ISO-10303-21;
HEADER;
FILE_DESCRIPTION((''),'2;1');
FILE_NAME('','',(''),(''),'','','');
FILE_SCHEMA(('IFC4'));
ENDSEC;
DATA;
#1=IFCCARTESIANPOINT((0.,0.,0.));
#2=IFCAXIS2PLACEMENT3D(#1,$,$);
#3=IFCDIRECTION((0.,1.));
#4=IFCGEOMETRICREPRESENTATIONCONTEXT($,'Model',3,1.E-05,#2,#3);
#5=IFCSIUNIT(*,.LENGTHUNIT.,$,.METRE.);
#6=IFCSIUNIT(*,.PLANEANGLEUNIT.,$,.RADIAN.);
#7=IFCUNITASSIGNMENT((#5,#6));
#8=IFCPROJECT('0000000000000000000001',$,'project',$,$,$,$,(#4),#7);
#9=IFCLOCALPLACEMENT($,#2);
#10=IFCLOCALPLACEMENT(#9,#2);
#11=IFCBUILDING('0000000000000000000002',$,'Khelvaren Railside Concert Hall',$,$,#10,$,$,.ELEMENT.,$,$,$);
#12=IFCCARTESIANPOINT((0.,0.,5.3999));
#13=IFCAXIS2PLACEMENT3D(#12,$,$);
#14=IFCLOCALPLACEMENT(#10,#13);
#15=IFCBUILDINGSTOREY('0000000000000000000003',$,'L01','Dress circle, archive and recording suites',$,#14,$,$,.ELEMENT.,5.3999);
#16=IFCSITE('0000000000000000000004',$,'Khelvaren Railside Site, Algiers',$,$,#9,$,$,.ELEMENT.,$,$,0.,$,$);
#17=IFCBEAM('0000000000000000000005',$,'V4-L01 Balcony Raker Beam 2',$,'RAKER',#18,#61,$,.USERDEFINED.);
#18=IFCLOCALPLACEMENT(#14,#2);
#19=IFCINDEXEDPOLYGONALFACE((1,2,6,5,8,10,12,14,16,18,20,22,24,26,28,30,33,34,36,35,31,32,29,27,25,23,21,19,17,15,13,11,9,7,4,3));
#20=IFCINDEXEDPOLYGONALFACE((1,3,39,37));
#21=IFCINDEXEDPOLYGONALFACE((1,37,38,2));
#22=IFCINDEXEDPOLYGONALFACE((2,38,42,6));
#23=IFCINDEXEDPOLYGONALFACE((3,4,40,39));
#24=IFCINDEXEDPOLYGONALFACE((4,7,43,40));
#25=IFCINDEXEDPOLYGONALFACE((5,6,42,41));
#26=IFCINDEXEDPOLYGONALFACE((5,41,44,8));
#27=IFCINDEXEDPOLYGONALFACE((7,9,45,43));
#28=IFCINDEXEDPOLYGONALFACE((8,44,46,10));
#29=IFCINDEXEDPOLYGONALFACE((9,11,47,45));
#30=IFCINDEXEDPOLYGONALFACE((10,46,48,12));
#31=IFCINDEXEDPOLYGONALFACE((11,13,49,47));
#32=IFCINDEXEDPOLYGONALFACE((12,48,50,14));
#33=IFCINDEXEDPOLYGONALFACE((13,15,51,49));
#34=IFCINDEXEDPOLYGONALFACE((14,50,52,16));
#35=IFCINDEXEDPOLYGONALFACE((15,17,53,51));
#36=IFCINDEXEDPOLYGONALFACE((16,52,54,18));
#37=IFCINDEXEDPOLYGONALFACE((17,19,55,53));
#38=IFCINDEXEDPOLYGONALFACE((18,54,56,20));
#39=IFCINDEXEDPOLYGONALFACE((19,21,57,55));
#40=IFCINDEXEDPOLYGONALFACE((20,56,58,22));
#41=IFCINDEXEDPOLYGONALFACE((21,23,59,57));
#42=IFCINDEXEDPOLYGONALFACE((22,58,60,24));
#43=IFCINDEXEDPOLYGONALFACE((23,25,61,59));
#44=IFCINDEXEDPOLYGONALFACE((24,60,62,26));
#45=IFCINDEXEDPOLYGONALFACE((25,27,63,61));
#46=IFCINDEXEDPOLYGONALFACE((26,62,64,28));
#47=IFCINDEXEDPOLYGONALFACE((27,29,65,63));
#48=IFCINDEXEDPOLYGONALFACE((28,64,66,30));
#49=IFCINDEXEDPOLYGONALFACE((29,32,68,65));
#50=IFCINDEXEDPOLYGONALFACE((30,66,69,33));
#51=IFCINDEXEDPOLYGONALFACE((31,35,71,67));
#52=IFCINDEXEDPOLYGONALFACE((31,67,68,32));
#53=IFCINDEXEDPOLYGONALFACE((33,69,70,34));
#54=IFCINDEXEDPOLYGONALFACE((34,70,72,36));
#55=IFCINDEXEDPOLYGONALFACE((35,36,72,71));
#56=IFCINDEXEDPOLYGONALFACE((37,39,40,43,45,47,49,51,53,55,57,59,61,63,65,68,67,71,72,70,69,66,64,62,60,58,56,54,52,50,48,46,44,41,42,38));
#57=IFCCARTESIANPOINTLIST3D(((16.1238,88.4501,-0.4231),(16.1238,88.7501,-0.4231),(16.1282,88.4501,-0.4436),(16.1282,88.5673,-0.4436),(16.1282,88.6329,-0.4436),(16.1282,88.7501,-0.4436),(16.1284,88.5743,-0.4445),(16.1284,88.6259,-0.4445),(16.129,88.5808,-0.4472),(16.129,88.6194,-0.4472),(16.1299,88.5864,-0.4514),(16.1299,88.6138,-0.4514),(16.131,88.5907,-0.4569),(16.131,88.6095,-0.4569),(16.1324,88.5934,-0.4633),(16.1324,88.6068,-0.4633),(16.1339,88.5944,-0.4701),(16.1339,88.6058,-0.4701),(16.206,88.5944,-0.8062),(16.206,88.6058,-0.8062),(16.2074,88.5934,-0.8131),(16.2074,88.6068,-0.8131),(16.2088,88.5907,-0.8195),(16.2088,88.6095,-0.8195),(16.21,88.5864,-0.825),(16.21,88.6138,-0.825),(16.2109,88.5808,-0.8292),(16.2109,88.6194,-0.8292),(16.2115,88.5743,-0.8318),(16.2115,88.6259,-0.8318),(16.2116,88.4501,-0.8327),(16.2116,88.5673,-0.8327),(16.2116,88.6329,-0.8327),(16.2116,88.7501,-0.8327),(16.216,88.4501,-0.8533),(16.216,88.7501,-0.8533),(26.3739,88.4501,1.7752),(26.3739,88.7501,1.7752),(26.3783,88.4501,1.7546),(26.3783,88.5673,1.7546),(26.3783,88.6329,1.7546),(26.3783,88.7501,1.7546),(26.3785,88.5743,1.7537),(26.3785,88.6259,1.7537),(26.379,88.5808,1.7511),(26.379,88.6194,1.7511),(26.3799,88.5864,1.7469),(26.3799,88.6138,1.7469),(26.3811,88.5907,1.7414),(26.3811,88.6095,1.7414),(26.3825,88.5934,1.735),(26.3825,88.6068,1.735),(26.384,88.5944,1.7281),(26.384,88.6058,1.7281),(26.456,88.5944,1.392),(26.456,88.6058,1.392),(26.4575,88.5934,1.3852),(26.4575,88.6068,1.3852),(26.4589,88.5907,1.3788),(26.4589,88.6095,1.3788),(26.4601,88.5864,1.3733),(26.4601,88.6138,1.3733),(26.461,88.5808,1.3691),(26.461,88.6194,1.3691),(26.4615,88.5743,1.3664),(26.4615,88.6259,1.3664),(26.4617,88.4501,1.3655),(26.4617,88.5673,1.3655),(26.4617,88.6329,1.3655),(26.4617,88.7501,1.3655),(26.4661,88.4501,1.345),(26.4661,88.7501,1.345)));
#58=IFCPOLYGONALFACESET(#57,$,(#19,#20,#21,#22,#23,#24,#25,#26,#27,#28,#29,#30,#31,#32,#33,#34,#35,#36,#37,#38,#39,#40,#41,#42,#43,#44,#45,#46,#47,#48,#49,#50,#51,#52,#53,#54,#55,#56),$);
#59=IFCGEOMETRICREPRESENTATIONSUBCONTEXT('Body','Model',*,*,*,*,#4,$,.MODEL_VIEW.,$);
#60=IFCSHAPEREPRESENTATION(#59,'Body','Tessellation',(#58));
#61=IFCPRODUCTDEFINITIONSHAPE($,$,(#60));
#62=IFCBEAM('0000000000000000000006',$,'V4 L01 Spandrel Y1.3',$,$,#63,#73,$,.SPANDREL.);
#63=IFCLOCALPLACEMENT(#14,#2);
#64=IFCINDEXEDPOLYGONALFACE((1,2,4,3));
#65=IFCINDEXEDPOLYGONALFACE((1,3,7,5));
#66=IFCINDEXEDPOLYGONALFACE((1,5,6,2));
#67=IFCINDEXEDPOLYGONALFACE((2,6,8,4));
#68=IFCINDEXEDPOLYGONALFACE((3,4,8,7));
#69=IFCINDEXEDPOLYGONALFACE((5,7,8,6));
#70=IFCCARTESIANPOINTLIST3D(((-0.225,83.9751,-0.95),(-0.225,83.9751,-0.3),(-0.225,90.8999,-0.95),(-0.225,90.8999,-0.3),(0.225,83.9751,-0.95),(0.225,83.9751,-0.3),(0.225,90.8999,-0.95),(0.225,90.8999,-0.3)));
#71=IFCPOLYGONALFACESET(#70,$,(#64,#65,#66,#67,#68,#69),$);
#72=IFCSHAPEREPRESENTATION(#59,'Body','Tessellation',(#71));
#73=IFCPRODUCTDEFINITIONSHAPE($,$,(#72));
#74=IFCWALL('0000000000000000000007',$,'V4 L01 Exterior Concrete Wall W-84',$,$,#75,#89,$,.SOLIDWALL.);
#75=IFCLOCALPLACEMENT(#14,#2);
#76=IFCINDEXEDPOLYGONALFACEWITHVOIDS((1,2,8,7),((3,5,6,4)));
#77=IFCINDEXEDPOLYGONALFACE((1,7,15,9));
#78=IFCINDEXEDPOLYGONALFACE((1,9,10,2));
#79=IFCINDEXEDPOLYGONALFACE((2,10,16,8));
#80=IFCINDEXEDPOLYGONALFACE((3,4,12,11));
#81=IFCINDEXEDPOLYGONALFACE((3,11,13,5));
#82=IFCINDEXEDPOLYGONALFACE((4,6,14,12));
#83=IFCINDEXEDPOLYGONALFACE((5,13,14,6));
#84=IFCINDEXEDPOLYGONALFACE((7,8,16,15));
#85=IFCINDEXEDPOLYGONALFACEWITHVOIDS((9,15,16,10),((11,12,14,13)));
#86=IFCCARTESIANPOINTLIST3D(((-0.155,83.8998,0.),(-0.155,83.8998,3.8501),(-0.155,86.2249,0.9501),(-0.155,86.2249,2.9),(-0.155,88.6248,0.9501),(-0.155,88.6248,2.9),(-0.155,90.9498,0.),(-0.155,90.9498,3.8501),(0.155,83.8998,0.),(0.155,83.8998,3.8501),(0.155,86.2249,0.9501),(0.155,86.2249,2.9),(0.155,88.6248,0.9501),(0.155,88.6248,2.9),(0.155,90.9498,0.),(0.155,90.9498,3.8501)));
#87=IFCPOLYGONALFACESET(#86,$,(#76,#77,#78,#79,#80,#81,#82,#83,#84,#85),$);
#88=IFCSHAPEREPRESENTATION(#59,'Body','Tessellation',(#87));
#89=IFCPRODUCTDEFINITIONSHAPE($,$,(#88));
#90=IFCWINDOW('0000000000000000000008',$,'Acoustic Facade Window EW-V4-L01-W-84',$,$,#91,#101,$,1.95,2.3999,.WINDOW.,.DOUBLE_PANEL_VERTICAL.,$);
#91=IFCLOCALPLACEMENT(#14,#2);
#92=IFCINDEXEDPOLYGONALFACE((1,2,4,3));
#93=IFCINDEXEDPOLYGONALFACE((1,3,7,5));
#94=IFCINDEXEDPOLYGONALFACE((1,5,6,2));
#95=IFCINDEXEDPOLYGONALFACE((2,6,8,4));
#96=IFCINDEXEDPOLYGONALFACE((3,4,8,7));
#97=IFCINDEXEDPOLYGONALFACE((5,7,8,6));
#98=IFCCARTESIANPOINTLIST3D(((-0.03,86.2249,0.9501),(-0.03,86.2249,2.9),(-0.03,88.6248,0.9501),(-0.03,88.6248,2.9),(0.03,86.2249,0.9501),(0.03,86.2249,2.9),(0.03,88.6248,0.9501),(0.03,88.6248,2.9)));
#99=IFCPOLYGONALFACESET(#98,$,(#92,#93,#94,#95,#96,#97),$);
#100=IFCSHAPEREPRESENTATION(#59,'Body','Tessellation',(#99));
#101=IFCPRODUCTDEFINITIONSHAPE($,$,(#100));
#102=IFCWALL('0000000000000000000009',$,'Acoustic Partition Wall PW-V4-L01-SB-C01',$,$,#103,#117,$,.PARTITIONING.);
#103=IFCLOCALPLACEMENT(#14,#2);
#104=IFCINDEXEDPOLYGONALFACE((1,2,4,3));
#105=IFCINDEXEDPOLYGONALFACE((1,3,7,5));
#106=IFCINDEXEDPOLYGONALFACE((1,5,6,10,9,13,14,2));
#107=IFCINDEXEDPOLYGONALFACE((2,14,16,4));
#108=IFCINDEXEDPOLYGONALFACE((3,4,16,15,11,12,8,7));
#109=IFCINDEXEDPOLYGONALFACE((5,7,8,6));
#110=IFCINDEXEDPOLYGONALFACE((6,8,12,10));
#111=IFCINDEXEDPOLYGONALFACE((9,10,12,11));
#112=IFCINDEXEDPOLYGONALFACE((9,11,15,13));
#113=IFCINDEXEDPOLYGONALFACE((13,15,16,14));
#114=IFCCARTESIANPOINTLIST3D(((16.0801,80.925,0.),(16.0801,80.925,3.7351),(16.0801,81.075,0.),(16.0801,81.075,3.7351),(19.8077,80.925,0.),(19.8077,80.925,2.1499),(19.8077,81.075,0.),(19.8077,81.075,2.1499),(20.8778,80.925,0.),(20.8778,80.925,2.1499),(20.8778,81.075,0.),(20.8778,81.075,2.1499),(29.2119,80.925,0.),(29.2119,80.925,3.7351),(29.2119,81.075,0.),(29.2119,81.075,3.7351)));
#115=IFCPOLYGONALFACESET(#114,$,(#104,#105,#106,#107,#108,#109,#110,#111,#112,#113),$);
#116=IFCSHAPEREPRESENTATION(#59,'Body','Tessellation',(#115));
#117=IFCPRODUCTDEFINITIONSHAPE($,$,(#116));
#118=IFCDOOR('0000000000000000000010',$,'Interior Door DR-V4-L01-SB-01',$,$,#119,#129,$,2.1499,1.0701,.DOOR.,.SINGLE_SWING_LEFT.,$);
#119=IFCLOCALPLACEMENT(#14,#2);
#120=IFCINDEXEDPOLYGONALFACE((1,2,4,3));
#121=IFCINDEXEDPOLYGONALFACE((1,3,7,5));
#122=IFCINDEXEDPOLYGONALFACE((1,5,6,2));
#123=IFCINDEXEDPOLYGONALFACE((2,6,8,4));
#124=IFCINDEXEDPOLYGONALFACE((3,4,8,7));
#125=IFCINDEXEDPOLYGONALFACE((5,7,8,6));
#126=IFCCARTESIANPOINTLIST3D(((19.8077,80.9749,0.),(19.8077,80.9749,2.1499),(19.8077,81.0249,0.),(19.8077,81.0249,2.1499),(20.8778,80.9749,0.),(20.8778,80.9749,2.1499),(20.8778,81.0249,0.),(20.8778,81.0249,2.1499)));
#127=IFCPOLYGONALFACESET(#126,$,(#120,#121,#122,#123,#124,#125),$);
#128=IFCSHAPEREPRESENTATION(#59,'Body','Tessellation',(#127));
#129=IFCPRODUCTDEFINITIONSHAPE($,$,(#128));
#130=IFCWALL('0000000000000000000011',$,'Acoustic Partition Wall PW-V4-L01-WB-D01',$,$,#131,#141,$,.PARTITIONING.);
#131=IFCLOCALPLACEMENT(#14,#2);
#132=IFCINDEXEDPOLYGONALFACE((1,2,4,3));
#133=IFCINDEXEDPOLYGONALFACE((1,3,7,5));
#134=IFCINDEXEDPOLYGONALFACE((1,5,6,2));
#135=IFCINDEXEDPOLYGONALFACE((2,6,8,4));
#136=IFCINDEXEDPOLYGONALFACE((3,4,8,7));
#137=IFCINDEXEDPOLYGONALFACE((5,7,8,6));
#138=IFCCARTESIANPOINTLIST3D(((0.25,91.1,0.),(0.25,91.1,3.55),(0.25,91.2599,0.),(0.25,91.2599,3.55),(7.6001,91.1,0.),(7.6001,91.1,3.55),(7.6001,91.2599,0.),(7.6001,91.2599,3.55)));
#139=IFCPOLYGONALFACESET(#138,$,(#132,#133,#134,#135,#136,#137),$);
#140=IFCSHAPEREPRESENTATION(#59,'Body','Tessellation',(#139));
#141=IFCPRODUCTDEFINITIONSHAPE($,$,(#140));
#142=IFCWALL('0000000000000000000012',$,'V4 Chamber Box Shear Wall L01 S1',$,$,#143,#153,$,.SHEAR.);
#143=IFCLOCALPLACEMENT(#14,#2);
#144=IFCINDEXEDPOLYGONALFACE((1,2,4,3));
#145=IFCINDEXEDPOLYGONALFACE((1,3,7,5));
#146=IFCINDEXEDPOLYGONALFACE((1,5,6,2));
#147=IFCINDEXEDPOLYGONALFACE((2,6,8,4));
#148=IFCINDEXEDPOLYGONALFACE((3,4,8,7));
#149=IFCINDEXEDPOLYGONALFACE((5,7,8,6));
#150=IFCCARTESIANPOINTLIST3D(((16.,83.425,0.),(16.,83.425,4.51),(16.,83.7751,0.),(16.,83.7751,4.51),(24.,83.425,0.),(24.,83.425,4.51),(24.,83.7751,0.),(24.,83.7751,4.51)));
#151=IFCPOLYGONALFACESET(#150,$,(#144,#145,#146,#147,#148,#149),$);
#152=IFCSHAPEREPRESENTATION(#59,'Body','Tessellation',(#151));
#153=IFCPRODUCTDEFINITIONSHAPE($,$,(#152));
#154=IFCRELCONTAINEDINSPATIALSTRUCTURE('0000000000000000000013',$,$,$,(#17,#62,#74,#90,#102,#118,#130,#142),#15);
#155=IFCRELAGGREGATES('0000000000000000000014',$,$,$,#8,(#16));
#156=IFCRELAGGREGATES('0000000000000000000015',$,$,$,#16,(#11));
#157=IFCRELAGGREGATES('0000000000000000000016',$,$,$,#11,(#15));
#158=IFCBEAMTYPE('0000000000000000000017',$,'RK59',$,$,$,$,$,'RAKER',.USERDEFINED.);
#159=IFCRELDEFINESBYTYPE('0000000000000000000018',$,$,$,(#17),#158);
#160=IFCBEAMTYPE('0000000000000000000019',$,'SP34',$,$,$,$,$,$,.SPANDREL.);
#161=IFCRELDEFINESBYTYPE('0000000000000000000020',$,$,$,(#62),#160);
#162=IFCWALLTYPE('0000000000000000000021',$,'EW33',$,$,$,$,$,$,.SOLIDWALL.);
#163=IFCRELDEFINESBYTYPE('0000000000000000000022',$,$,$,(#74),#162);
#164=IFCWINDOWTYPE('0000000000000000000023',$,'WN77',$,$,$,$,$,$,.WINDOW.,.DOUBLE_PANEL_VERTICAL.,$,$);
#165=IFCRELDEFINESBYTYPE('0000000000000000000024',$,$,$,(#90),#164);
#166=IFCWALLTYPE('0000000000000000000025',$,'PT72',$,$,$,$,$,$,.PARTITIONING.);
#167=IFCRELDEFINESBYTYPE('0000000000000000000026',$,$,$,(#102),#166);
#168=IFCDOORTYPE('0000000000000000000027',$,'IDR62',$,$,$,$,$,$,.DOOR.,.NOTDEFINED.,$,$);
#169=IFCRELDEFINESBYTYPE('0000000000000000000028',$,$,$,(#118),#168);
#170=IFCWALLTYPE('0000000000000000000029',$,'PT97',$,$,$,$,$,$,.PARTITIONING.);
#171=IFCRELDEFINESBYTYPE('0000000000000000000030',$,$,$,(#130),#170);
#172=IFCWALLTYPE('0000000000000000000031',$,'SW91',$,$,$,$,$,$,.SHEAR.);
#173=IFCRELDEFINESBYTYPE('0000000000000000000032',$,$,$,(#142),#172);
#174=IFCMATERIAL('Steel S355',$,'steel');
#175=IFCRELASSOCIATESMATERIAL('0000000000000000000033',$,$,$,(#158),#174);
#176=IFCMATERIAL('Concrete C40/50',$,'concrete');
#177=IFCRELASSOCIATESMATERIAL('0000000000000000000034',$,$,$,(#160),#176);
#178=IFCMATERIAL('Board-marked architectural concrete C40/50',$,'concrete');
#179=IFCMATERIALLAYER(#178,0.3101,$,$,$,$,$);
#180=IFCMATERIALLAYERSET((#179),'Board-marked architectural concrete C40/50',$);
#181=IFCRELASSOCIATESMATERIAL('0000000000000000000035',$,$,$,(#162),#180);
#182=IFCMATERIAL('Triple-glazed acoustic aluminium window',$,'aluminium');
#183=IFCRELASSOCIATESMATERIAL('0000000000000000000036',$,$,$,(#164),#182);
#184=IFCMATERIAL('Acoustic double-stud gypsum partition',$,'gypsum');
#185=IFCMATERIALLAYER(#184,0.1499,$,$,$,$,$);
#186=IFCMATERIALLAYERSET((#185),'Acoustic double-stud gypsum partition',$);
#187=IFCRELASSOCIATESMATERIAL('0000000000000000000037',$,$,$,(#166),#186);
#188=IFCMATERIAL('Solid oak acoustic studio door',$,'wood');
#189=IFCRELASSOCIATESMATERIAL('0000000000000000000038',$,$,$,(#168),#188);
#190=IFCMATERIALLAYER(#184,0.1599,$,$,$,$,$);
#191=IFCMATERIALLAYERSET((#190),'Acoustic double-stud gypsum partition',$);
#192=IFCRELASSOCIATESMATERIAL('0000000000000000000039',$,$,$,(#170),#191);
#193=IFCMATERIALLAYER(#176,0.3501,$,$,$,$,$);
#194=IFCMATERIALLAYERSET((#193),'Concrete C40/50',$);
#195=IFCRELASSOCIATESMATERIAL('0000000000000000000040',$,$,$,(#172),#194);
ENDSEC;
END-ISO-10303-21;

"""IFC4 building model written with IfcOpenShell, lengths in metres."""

from ifc_helpers import new_model, si_unit, direction, frame, frame_2d, origin, origin_2d, place, context, subcontext, project, spatial, rectangle, i_section, extrude, material, layer, layer_set, material_profile, profile_set, type_object, element, fill, save


model = new_model("IFC4")

# Units and contexts
model_context = context("Model", 3, precision=1e-05, world=origin(), true_north=direction((0.0, 1.0)))
body_context = subcontext(model_context, "Body", "Model", "MODEL_VIEW")
ifc_project = project(units=[si_unit("LENGTHUNIT", "METRE"), si_unit("PLANEANGLEUNIT", "RADIAN")], contexts=[model_context])

# Site, building, storey
site_placement = place(None, origin())
site = spatial("IfcSite", under=ifc_project, at=site_placement, Name="Khelvaren Railside Site, Algiers", CompositionType="ELEMENT", RefElevation=0.0)
building_placement = place(site_placement, origin())
building = spatial("IfcBuilding", under=site, at=building_placement, Name="Khelvaren Railside Concert Hall", CompositionType="ELEMENT")
storey_placement = place(building_placement, frame((0.0, 0.0, 5.3999)))
storey = spatial("IfcBuildingStorey", under=building, at=storey_placement, Name="L01", Description="Dress circle, archive and recording suites", CompositionType="ELEMENT", Elevation=5.3999)

# Beams
ifc_material_1 = material(Name="Steel S355", Category="steel")
ifc_material_2 = material(Name="Concrete C40/50", Category="concrete")
ifc_material_profile_1 = material_profile(ifc_material_1, i_section(OverallWidth=0.3, OverallDepth=0.4399, WebThickness=0.0115, FlangeThickness=0.021, FilletRadius=0.0271, at=origin_2d()), Name="HEA 450")
ifc_profile_set_1 = profile_set([ifc_material_profile_1], Name="Steel S355")
beam_type_1 = type_object("IfcBeamType", Name="RK59", ElementType="RAKER", PredefinedType="USERDEFINED", material=ifc_profile_set_1)
beam_1_placement = place(storey_placement, frame((16.1699, 88.6001, -0.6382), z_axis=(0.977767, 0.0, 0.209694), x_axis=(0.0, 1.0, 0.0)))
element("IfcBeam", 1, at=beam_1_placement, inside=storey, type_object=beam_type_1, Name="V4-L01 Balcony Raker Beam 2", ObjectType="RAKER", PredefinedType="USERDEFINED", context=body_context, shape_type="SweptSolid", body=[
    extrude(i_section(OverallWidth=0.3, OverallDepth=0.4399, WebThickness=0.0115, FlangeThickness=0.021, FilletRadius=0.0271, at=origin_2d()), origin(), (0.0, 0.0, 1.0), 10.4832),
])
ifc_material_profile_2 = material_profile(ifc_material_2, rectangle(XDim=0.45, YDim=0.6499, at=origin_2d()), Name="RCB 450x650")
ifc_profile_set_2 = profile_set([ifc_material_profile_2], Name="Concrete C40/50")
beam_type_2 = type_object("IfcBeamType", Name="SP34", PredefinedType="SPANDREL", material=ifc_profile_set_2)
beam_2_placement = place(storey_placement, frame((0.0, 83.9751, -0.625), z_axis=(0.0, 1.0, 0.0), x_axis=(-1.0, 0.0, 0.0)))
element("IfcBeam", 2, at=beam_2_placement, inside=storey, type_object=beam_type_2, Name="V4 L01 Spandrel Y1.3", PredefinedType="SPANDREL", context=body_context, shape_type="SweptSolid", body=[
    extrude(rectangle(XDim=0.45, YDim=0.6499, at=origin_2d()), origin(), (0.0, 0.0, 1.0), 6.9248),
])

# Wall, opening, window
ifc_material_3 = material(Name="Board-marked architectural concrete C40/50", Category="concrete")
ifc_layer_1 = layer(ifc_material_3, 0.3101)
ifc_layer_set_1 = layer_set([ifc_layer_1], Name="Board-marked architectural concrete C40/50")
wall_type_1 = type_object("IfcWallType", Name="EW33", PredefinedType="SOLIDWALL", material=ifc_layer_set_1)
wall_1_placement = place(storey_placement, frame((0.0, 83.8999, 0.0), z_axis=(0.0, 0.0, 1.0), x_axis=(0.0, 1.0, 0.0)))
wall_1 = element("IfcWall", 3, at=wall_1_placement, inside=storey, type_object=wall_type_1, Name="V4 L01 Exterior Concrete Wall W-84", PredefinedType="SOLIDWALL", context=body_context, shape_type="SweptSolid", body=[
    extrude(rectangle(XDim=7.05, YDim=0.3101, at=frame_2d((3.5249, 0.0))), origin(), (0.0, 0.0, 1.0), 3.8501),
])
opening_1_placement = place(wall_1_placement, frame((2.325, 0.0, 0.95)))
opening_1 = element("IfcOpeningElement", 4, at=opening_1_placement, cuts=wall_1, PredefinedType="OPENING", context=body_context, shape_type="SweptSolid", body=[
    extrude(rectangle(XDim=2.3999, YDim=1.95, at=frame_2d((1.2, 0.9751))), frame((0.0, 0.165, 0.0), z_axis=(0.0, -1.0, 0.0), x_axis=(1.0, 0.0, 0.0)), (0.0, 0.0, 1.0), 0.3301),
])
ifc_material_4 = material(Name="Triple-glazed acoustic aluminium window", Category="aluminium")
window_type = type_object("IfcWindowType", Name="WN77", PartitioningType="DOUBLE_PANEL_VERTICAL", PredefinedType="WINDOW", material=ifc_material_4)
window_placement = place(opening_1_placement, origin())
window = element("IfcWindow", 5, at=window_placement, inside=storey, type_object=window_type, Name="Acoustic Facade Window EW-V4-L01-W-84", OverallHeight=1.95, OverallWidth=2.3999, PartitioningType="DOUBLE_PANEL_VERTICAL", PredefinedType="WINDOW", context=body_context, shape_type="SweptSolid", body=[
    extrude(rectangle(XDim=2.3999, YDim=1.95, at=frame_2d((1.2, 0.9751))), frame((0.0, 0.03, 0.0), z_axis=(0.0, -1.0, 0.0), x_axis=(1.0, 0.0, 0.0)), (0.0, 0.0, 1.0), 0.0601),
])
fill(opening_1, window)

# Wall, opening, door
ifc_material_5 = material(Name="Acoustic double-stud gypsum partition", Category="gypsum")
ifc_layer_2 = layer(ifc_material_5, 0.1499)
ifc_layer_set_2 = layer_set([ifc_layer_2], Name="Acoustic double-stud gypsum partition")
wall_type_2 = type_object("IfcWallType", Name="PT72", PredefinedType="PARTITIONING", material=ifc_layer_set_2)
wall_2_placement = place(storey_placement, frame((16.0801, 81.0, 0.0), z_axis=(0.0, 0.0, 1.0), x_axis=(1.0, 0.0, 0.0)))
wall_2 = element("IfcWall", 6, at=wall_2_placement, inside=storey, type_object=wall_type_2, Name="Acoustic Partition Wall PW-V4-L01-SB-C01", PredefinedType="PARTITIONING", context=body_context, shape_type="SweptSolid", body=[
    extrude(rectangle(XDim=13.1318, YDim=0.1499, at=frame_2d((6.5659, 0.0))), origin(), (0.0, 0.0, 1.0), 3.7351),
])
opening_2_placement = place(wall_2_placement, frame((3.7275, 0.0, 0.0)))
opening_2 = element("IfcOpeningElement", 7, at=opening_2_placement, cuts=wall_2, PredefinedType="OPENING", context=body_context, shape_type="SweptSolid", body=[
    extrude(rectangle(XDim=1.0701, YDim=2.1499, at=frame_2d((0.5352, 1.075))), frame((0.0, 0.085, 0.0), z_axis=(0.0, -1.0, 0.0), x_axis=(1.0, 0.0, 0.0)), (0.0, 0.0, 1.0), 0.1699),
])
ifc_material_6 = material(Name="Solid oak acoustic studio door", Category="wood")
door_type_1 = type_object("IfcDoorType", Name="IDR62", OperationType="NOTDEFINED", PredefinedType="DOOR", material=ifc_material_6)
door_1_placement = place(opening_2_placement, origin())
door_1 = element("IfcDoor", 8, at=door_1_placement, inside=storey, type_object=door_type_1, Name="Interior Door DR-V4-L01-SB-01", OperationType="SINGLE_SWING_LEFT", OverallHeight=2.1499, OverallWidth=1.0701, PredefinedType="DOOR", context=body_context, shape_type="SweptSolid", body=[
    extrude(rectangle(XDim=1.0701, YDim=2.1499, at=frame_2d((0.5352, 1.075))), frame((0.0, 0.0249, 0.0), z_axis=(0.0, -1.0, 0.0), x_axis=(1.0, 0.0, 0.0)), (0.0, 0.0, 1.0), 0.05),
])
fill(opening_2, door_1)

# Walls
ifc_layer_3 = layer(ifc_material_5, 0.1599)
ifc_layer_set_3 = layer_set([ifc_layer_3], Name="Acoustic double-stud gypsum partition")
wall_type_3 = type_object("IfcWallType", Name="PT97", PredefinedType="PARTITIONING", material=ifc_layer_set_3)
wall_3_placement = place(storey_placement, frame((0.25, 91.1799, 0.0), z_axis=(0.0, 0.0, 1.0), x_axis=(1.0, 0.0, 0.0)))
element("IfcWall", 9, at=wall_3_placement, inside=storey, type_object=wall_type_3, Name="Acoustic Partition Wall PW-V4-L01-WB-D01", PredefinedType="PARTITIONING", context=body_context, shape_type="SweptSolid", body=[
    extrude(rectangle(XDim=7.3501, YDim=0.1599, at=frame_2d((3.675, 0.0))), origin(), (0.0, 0.0, 1.0), 3.55),
])
ifc_layer_4 = layer(ifc_material_2, 0.3501)
ifc_layer_set_4 = layer_set([ifc_layer_4], Name="Concrete C40/50")
wall_type_4 = type_object("IfcWallType", Name="SW91", PredefinedType="SHEAR", material=ifc_layer_set_4)
wall_4_placement = place(storey_placement, frame((16.0, 83.6001, 0.0), z_axis=(0.0, 0.0, 1.0), x_axis=(1.0, 0.0, 0.0)))
element("IfcWall", 10, at=wall_4_placement, inside=storey, type_object=wall_type_4, Name="V4 Chamber Box Shear Wall L01 S1", PredefinedType="SHEAR", context=body_context, shape_type="SweptSolid", body=[
    extrude(rectangle(XDim=8.0, YDim=0.3501, at=frame_2d((4.0, 0.0))), origin(), (0.0, 0.0, 1.0), 4.51),
])

save(model, "model.ifc")
